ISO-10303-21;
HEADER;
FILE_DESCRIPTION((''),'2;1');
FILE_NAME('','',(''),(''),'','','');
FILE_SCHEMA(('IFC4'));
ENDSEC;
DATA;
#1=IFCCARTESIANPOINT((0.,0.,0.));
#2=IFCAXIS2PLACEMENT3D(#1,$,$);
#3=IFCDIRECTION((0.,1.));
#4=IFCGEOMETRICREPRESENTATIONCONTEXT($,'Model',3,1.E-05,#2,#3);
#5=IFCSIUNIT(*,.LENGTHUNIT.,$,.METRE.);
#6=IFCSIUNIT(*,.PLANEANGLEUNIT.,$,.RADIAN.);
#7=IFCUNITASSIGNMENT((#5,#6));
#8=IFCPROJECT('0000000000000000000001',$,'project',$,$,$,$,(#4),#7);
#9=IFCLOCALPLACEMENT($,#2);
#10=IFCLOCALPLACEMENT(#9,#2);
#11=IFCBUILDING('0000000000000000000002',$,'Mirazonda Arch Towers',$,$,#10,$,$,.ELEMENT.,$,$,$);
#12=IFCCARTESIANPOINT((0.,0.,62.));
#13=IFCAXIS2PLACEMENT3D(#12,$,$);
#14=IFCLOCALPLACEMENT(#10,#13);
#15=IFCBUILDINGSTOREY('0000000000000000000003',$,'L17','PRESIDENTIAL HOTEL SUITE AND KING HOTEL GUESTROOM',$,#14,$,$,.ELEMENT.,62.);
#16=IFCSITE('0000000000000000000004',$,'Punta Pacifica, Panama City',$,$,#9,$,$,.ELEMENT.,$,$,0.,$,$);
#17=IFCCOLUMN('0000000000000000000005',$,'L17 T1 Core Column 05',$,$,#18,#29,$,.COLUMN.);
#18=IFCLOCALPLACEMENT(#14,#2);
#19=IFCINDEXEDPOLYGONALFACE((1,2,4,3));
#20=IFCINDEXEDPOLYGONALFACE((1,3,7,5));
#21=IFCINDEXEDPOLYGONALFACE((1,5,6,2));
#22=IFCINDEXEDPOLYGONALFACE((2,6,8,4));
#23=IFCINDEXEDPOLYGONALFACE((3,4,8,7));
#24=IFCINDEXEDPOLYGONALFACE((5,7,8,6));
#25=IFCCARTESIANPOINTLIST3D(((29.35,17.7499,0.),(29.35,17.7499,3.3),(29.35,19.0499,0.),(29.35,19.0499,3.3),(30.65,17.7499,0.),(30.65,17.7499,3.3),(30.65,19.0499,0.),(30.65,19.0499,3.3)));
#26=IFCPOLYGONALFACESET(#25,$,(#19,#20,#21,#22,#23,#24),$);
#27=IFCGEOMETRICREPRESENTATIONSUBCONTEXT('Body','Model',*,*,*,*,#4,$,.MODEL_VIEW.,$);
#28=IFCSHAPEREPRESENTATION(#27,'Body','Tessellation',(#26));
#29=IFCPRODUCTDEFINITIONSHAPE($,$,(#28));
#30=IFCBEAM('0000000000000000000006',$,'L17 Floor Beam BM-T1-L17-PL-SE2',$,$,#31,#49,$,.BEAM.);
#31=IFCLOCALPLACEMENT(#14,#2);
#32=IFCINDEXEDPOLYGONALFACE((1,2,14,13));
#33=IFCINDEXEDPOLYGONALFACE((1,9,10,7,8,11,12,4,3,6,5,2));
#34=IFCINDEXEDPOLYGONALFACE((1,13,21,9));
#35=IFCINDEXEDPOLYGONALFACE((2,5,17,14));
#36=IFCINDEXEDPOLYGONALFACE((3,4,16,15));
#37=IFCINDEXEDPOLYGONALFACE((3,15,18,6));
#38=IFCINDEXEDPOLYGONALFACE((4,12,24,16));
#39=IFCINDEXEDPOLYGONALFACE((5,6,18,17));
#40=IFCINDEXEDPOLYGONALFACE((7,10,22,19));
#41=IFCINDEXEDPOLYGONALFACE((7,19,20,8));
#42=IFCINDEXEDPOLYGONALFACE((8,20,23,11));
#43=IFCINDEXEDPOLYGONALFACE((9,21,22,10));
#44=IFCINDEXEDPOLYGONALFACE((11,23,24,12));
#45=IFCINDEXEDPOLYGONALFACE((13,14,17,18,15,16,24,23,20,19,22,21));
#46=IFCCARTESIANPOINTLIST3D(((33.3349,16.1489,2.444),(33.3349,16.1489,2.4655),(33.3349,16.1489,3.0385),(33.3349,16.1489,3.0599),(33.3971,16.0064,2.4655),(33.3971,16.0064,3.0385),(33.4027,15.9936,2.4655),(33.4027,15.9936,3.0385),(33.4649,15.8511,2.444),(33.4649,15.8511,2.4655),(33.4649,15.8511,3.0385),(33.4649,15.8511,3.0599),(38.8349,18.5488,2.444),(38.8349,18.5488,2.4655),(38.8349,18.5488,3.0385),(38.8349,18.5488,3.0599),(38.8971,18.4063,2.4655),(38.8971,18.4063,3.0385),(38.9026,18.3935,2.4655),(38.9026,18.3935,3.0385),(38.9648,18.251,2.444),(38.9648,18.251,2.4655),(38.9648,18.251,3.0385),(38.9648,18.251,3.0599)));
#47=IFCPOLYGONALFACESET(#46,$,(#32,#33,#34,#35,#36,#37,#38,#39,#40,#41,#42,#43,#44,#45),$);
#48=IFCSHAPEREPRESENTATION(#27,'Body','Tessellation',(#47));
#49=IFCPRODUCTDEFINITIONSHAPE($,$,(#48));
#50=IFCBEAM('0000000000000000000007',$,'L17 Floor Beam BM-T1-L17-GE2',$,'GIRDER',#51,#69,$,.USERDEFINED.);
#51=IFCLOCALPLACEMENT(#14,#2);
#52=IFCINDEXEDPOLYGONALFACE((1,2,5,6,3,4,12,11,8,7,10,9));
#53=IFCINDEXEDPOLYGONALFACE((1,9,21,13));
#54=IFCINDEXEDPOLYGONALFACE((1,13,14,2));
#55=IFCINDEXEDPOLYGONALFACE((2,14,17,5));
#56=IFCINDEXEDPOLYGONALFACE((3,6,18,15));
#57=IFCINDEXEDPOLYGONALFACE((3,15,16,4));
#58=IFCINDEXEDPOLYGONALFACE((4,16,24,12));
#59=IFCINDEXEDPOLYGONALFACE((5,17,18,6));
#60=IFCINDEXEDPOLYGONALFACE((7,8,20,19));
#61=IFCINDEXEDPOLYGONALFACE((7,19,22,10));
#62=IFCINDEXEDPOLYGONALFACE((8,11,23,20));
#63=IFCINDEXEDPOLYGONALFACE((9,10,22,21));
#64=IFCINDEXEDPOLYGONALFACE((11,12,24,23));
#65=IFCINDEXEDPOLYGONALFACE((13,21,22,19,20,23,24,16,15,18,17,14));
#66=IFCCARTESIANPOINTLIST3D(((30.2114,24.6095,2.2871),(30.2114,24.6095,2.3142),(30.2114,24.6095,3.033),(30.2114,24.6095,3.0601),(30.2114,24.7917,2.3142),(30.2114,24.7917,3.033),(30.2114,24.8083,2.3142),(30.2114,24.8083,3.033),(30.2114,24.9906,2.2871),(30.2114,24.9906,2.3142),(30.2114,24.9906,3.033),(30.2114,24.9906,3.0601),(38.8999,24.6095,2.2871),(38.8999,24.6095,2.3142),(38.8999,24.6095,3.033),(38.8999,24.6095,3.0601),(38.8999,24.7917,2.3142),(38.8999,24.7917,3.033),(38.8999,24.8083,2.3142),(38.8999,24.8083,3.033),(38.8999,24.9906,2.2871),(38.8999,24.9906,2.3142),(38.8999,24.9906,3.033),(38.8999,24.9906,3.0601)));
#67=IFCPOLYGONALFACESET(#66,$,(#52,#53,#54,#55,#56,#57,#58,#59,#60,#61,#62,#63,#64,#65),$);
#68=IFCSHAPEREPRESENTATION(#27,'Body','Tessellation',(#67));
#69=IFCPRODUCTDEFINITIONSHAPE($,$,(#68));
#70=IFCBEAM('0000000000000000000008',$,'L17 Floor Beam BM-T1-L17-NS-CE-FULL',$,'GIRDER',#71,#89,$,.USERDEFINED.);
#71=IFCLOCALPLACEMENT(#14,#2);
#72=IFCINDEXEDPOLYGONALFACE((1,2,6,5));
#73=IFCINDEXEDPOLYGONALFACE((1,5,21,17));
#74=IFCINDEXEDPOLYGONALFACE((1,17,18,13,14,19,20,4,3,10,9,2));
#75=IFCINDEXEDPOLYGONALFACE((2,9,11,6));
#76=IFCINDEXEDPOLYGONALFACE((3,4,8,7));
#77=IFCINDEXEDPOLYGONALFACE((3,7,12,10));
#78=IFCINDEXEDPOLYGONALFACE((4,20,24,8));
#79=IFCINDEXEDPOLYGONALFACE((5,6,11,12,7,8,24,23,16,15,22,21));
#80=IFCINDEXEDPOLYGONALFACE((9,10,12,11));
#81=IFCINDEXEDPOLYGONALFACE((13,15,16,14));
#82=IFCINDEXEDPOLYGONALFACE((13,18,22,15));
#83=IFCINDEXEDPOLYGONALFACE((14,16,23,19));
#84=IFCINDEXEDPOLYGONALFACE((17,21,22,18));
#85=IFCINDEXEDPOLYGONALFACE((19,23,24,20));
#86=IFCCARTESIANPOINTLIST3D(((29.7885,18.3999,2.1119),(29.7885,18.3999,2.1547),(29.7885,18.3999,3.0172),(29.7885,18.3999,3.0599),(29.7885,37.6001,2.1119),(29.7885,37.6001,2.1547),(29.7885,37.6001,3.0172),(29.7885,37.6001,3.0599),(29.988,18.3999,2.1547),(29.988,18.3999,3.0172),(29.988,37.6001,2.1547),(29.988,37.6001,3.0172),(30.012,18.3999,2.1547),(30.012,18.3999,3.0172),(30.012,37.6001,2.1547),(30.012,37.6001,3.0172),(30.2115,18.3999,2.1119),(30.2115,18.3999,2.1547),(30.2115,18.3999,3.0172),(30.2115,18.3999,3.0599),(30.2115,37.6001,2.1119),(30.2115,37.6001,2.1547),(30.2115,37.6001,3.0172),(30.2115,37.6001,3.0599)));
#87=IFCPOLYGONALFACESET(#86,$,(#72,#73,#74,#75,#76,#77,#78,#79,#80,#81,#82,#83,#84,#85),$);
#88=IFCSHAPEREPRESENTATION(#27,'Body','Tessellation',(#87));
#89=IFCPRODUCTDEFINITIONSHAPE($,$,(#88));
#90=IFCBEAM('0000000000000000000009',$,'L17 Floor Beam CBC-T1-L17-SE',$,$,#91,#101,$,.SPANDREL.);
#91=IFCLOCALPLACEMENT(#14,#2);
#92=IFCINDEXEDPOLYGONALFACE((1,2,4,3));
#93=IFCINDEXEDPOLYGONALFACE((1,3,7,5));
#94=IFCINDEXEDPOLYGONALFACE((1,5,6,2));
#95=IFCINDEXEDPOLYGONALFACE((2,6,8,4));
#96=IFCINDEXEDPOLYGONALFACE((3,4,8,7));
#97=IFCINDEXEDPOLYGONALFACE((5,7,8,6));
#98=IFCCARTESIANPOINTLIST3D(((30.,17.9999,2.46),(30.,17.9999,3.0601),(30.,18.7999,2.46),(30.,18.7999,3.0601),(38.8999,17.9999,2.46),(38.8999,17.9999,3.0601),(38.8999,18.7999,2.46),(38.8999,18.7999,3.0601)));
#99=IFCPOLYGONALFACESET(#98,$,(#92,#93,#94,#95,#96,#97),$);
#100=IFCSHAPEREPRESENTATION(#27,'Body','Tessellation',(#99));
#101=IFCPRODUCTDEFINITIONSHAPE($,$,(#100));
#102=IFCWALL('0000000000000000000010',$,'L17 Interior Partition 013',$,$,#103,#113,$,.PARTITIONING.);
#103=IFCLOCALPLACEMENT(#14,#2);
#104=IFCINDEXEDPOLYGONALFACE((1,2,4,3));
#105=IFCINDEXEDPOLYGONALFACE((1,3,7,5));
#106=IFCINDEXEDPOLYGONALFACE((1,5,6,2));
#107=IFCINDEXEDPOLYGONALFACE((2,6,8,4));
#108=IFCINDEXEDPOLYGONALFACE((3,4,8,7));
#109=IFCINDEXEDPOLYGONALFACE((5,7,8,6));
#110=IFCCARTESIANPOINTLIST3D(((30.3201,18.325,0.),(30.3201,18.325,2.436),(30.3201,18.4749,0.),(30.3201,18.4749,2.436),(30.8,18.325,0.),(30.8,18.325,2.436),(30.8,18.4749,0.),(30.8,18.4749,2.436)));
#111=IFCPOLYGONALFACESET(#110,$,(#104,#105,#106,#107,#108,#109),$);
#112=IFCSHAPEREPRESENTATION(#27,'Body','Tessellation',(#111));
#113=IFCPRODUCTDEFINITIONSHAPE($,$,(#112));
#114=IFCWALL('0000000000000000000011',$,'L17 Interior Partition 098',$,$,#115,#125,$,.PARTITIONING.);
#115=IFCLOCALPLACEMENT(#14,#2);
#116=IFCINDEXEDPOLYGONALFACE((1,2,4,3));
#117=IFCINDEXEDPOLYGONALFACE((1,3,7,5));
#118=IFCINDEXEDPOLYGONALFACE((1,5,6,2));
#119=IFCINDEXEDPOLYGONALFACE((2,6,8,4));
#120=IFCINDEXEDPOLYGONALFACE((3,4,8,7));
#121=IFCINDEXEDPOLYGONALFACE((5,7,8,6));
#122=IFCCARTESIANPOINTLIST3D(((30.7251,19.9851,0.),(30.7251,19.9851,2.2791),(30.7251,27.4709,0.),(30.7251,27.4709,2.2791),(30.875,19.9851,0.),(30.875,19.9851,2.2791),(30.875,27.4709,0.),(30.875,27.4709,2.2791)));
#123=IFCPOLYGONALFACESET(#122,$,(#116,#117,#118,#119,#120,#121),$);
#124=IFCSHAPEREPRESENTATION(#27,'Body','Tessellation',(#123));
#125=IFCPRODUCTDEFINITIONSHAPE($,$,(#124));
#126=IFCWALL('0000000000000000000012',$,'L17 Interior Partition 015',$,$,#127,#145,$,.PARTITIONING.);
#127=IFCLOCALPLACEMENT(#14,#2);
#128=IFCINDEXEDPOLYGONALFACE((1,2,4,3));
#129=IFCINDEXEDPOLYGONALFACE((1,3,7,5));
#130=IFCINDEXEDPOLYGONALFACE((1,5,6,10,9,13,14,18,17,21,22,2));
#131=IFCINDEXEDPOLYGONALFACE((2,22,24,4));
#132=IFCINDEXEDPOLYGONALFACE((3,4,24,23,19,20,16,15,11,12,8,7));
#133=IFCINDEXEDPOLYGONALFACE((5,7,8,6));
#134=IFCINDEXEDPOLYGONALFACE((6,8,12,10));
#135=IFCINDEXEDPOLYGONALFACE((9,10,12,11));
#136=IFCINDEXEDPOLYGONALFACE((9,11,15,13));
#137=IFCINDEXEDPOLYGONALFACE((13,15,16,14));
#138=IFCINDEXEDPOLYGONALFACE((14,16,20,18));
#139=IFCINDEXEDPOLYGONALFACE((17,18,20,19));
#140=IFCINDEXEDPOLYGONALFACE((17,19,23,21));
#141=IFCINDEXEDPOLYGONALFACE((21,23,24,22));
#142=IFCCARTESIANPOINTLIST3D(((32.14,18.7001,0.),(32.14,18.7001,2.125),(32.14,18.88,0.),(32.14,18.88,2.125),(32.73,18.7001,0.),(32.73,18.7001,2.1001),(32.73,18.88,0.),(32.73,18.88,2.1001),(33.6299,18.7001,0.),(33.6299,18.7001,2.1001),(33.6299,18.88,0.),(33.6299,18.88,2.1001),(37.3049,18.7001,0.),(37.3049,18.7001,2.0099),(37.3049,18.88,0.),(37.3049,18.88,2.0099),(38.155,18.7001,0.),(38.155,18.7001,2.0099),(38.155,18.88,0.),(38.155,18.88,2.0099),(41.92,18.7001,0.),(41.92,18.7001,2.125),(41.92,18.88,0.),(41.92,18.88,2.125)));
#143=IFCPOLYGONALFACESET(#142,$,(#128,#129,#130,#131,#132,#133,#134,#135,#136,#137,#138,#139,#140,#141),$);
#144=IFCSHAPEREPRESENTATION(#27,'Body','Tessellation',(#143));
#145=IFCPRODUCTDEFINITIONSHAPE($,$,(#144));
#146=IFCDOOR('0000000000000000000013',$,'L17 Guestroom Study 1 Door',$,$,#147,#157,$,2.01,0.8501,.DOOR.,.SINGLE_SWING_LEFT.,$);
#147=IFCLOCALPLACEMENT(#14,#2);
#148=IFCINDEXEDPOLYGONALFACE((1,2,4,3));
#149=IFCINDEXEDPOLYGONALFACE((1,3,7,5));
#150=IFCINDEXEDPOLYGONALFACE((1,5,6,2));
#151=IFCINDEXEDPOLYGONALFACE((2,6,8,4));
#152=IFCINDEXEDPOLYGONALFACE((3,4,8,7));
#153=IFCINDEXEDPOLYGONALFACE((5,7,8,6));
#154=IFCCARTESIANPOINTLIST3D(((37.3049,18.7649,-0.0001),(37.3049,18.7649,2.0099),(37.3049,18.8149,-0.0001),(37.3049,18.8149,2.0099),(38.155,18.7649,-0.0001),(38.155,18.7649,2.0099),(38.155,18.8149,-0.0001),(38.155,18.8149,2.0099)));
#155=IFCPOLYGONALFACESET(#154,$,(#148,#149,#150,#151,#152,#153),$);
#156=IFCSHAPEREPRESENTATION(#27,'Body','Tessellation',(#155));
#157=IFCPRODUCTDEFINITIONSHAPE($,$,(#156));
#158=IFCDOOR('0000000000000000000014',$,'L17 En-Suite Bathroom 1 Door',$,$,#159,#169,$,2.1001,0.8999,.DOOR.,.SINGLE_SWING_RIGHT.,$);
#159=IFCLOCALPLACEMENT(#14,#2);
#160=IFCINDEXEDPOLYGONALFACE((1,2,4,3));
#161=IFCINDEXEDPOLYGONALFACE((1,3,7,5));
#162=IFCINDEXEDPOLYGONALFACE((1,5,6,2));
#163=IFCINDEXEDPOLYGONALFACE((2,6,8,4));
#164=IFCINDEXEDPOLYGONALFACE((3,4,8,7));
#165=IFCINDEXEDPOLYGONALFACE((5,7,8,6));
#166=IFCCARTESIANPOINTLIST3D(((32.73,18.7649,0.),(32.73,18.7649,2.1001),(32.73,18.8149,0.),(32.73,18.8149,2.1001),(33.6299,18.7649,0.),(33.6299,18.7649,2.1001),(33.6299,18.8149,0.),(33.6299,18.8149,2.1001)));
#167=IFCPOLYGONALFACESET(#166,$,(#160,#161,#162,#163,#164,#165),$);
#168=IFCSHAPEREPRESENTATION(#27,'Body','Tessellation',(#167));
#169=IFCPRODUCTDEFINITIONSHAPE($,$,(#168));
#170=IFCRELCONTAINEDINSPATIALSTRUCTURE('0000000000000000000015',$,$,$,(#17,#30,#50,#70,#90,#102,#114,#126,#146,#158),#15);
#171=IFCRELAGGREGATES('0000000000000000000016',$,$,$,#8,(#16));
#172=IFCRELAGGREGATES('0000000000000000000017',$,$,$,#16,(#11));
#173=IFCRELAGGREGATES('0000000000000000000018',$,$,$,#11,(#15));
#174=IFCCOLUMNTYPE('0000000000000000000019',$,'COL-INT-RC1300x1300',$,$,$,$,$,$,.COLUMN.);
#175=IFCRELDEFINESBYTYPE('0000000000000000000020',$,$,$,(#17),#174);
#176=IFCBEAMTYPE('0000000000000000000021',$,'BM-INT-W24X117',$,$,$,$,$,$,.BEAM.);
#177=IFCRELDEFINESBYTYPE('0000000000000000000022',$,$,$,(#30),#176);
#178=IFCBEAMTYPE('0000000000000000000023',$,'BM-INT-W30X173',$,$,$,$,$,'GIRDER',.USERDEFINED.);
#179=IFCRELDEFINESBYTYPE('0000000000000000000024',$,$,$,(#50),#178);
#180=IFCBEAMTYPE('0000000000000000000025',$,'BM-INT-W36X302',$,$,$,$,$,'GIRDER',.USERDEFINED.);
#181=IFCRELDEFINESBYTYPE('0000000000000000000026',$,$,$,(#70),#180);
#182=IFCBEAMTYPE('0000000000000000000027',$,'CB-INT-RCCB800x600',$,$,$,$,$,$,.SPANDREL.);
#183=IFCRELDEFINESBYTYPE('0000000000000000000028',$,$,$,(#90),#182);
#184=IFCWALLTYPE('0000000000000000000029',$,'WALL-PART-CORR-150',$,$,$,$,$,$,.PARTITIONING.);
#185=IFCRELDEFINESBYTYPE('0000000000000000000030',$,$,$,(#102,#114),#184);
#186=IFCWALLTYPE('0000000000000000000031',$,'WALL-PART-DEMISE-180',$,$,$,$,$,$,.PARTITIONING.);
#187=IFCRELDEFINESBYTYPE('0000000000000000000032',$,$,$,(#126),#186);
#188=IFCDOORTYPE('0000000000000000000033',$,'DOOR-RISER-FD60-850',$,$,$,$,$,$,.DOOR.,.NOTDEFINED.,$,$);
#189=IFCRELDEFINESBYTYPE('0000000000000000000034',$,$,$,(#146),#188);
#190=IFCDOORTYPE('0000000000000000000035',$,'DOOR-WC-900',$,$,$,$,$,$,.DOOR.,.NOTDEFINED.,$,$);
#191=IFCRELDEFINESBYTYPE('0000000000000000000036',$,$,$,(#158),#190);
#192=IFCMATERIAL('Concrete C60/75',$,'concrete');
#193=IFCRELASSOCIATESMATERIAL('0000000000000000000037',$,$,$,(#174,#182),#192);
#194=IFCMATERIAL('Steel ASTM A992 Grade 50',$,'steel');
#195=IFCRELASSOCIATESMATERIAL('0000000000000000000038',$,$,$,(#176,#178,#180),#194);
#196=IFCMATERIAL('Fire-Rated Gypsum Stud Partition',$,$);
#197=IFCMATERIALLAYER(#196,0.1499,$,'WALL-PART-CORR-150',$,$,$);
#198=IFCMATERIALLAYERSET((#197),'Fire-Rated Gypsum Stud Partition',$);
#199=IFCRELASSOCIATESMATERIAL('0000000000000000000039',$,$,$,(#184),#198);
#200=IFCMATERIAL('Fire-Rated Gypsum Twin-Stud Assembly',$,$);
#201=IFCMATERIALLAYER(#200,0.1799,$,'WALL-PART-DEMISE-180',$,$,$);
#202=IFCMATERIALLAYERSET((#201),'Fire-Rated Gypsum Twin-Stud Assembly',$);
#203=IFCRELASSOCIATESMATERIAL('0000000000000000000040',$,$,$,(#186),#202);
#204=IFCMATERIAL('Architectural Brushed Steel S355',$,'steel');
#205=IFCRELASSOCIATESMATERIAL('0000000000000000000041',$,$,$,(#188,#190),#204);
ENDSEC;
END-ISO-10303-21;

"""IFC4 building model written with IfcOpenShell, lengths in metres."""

from ifc_helpers import new_model, si_unit, direction, frame, frame_2d, origin, origin_2d, place, context, subcontext, project, spatial, rectangle, i_section, extrude, material, layer, layer_set, material_profile, profile_set, type_object, element, fill, save


model = new_model("IFC4")

# Units and contexts
model_context = context("Model", 3, precision=1e-05, world=origin(), true_north=direction((0.0, 1.0)))
body_context = subcontext(model_context, "Body", "Model", "MODEL_VIEW")
ifc_project = project(units=[si_unit("LENGTHUNIT", "METRE"), si_unit("PLANEANGLEUNIT", "RADIAN")], contexts=[model_context])

# Site, building, storey
site_placement = place(None, origin())
site = spatial("IfcSite", under=ifc_project, at=site_placement, Name="Punta Pacifica, Panama City", CompositionType="ELEMENT", RefElevation=0.0)
building_placement = place(site_placement, origin())
building = spatial("IfcBuilding", under=site, at=building_placement, Name="Mirazonda Arch Towers", CompositionType="ELEMENT")
storey_placement = place(building_placement, frame((0.0, 0.0, 62.0)))
storey = spatial("IfcBuildingStorey", under=building, at=storey_placement, Name="L17", Description="PRESIDENTIAL HOTEL SUITE AND KING HOTEL GUESTROOM", CompositionType="ELEMENT", Elevation=62.0)

# Column
ifc_material_1 = material(Name="Concrete C60/75", Category="concrete")
ifc_material_profile_1 = material_profile(ifc_material_1, rectangle(XDim=1.3, YDim=1.3, at=origin_2d()), Name="RC1300x1300")
ifc_profile_set_1 = profile_set([ifc_material_profile_1], Name="Concrete C60/75")
column_type = type_object("IfcColumnType", Name="COL-INT-RC1300x1300", PredefinedType="COLUMN", material=ifc_profile_set_1)
column_placement = place(storey_placement, frame((30.0, 18.3999, 0.0), z_axis=(0.0, 0.0, 1.0), x_axis=(1.0, 0.0, 0.0)))
element("IfcColumn", 1, at=column_placement, inside=storey, type_object=column_type, Name="L17 T1 Core Column 05", PredefinedType="COLUMN", context=body_context, shape_type="SweptSolid", body=[
    extrude(rectangle(XDim=1.3, YDim=1.3, at=origin_2d()), origin(), (0.0, 0.0, 1.0), 3.3),
])

# Beams
ifc_material_2 = material(Name="Steel ASTM A992 Grade 50", Category="steel")
ifc_material_profile_2 = material_profile(ifc_material_2, i_section(OverallWidth=0.325, OverallDepth=0.616, WebThickness=0.0139, FlangeThickness=0.0215, at=origin_2d()), Name="W24X117")
ifc_profile_set_2 = profile_set([ifc_material_profile_2], Name="Steel ASTM A992 Grade 50")
beam_type_1 = type_object("IfcBeamType", Name="BM-INT-W24X117", PredefinedType="BEAM", material=ifc_profile_set_2)
beam_1_placement = place(storey_placement, frame((33.3999, 16.0, 2.752), z_axis=(0.916545, 0.399931, 0.0), x_axis=(-0.399931, 0.916545, 0.0)))
element("IfcBeam", 2, at=beam_1_placement, inside=storey, type_object=beam_type_1, Name="L17 Floor Beam BM-T1-L17-PL-SE2", PredefinedType="BEAM", context=body_context, shape_type="SweptSolid", body=[
    extrude(i_section(OverallWidth=0.325, OverallDepth=0.616, WebThickness=0.0139, FlangeThickness=0.0215, at=origin_2d()), origin(), (0.0, 0.0, 1.0), 6.0007),
])
ifc_material_profile_3 = material_profile(ifc_material_2, i_section(OverallWidth=0.3811, OverallDepth=0.7729, WebThickness=0.0166, FlangeThickness=0.0271, at=origin_2d()), Name="W30X173")
ifc_profile_set_3 = profile_set([ifc_material_profile_3], Name="Steel ASTM A992 Grade 50")
beam_type_2 = type_object("IfcBeamType", Name="BM-INT-W30X173", ElementType="GIRDER", PredefinedType="USERDEFINED", material=ifc_profile_set_3)
beam_2_placement = place(storey_placement, frame((30.2114, 24.8, 2.6736), z_axis=(1.0, 0.0, 0.0), x_axis=(0.0, 1.0, 0.0)))
element("IfcBeam", 3, at=beam_2_placement, inside=storey, type_object=beam_type_2, Name="L17 Floor Beam BM-T1-L17-GE2", ObjectType="GIRDER", PredefinedType="USERDEFINED", context=body_context, shape_type="SweptSolid", body=[
    extrude(i_section(OverallWidth=0.3811, OverallDepth=0.7729, WebThickness=0.0166, FlangeThickness=0.0271, at=origin_2d()), origin(), (0.0, 0.0, 1.0), 8.6885),
])
ifc_material_profile_4 = material_profile(ifc_material_2, i_section(OverallWidth=0.4231, OverallDepth=0.948, WebThickness=0.0239, FlangeThickness=0.0427, at=origin_2d()), Name="W36X302")
ifc_profile_set_4 = profile_set([ifc_material_profile_4], Name="Steel ASTM A992 Grade 50")
beam_type_3 = type_object("IfcBeamType", Name="BM-INT-W36X302", ElementType="GIRDER", PredefinedType="USERDEFINED", material=ifc_profile_set_4)
beam_3_placement = place(storey_placement, frame((30.0, 18.3999, 2.5859), z_axis=(0.0, 1.0, 0.0), x_axis=(-1.0, 0.0, 0.0)))
element("IfcBeam", 4, at=beam_3_placement, inside=storey, type_object=beam_type_3, Name="L17 Floor Beam BM-T1-L17-NS-CE-FULL", ObjectType="GIRDER", PredefinedType="USERDEFINED", context=body_context, shape_type="SweptSolid", body=[
    extrude(i_section(OverallWidth=0.4231, OverallDepth=0.948, WebThickness=0.0239, FlangeThickness=0.0427, at=origin_2d()), origin(), (0.0, 0.0, 1.0), 19.2002),
])
ifc_material_profile_5 = material_profile(ifc_material_1, rectangle(XDim=0.8, YDim=0.6001, at=origin_2d()), Name="RCCB800x600")
ifc_profile_set_5 = profile_set([ifc_material_profile_5], Name="Concrete C60/75")
beam_type_4 = type_object("IfcBeamType", Name="CB-INT-RCCB800x600", PredefinedType="SPANDREL", material=ifc_profile_set_5)
beam_4_placement = place(storey_placement, frame((30.0, 18.3999, 2.76), z_axis=(1.0, 0.0, 0.0), x_axis=(0.0, 1.0, 0.0)))
element("IfcBeam", 5, at=beam_4_placement, inside=storey, type_object=beam_type_4, Name="L17 Floor Beam CBC-T1-L17-SE", PredefinedType="SPANDREL", context=body_context, shape_type="SweptSolid", body=[
    extrude(rectangle(XDim=0.8, YDim=0.6001, at=origin_2d()), origin(), (0.0, 0.0, 1.0), 8.8999),
])

# Walls
ifc_material_3 = material(Name="Fire-Rated Gypsum Stud Partition")
ifc_layer_1 = layer(ifc_material_3, 0.1499, Name="WALL-PART-CORR-150")
ifc_layer_set_1 = layer_set([ifc_layer_1], Name="Fire-Rated Gypsum Stud Partition")
wall_type_1 = type_object("IfcWallType", Name="WALL-PART-CORR-150", PredefinedType="PARTITIONING", material=ifc_layer_set_1)
wall_1_placement = place(storey_placement, frame((30.3201, 18.3999, 0.0), z_axis=(0.0, 0.0, 1.0), x_axis=(1.0, 0.0, 0.0)))
element("IfcWall", 6, at=wall_1_placement, inside=storey, type_object=wall_type_1, Name="L17 Interior Partition 013", PredefinedType="PARTITIONING", context=body_context, shape_type="SweptSolid", body=[
    extrude(rectangle(XDim=0.48, YDim=0.1499, at=frame_2d((0.24, 0.0))), origin(), (0.0, 0.0, 1.0), 2.436),
])
wall_2_placement = place(storey_placement, frame((30.8, 19.9851, 0.0), z_axis=(0.0, 0.0, 1.0), x_axis=(0.0, 1.0, 0.0)))
element("IfcWall", 7, at=wall_2_placement, inside=storey, type_object=wall_type_1, Name="L17 Interior Partition 098", PredefinedType="PARTITIONING", context=body_context, shape_type="SweptSolid", body=[
    extrude(rectangle(XDim=7.4858, YDim=0.1499, at=frame_2d((3.7429, 0.0))), origin(), (0.0, 0.0, 1.0), 2.2791),
])

# Wall, openings, doors
ifc_material_4 = material(Name="Fire-Rated Gypsum Twin-Stud Assembly")
ifc_layer_2 = layer(ifc_material_4, 0.1799, Name="WALL-PART-DEMISE-180")
ifc_layer_set_2 = layer_set([ifc_layer_2], Name="Fire-Rated Gypsum Twin-Stud Assembly")
wall_type_2 = type_object("IfcWallType", Name="WALL-PART-DEMISE-180", PredefinedType="PARTITIONING", material=ifc_layer_set_2)
wall_3_placement = place(storey_placement, frame((32.1399, 18.79, 0.0), z_axis=(0.0, 0.0, 1.0), x_axis=(1.0, 0.0, 0.0)))
wall_3 = element("IfcWall", 8, at=wall_3_placement, inside=storey, type_object=wall_type_2, Name="L17 Interior Partition 015", PredefinedType="PARTITIONING", context=body_context, shape_type="SweptSolid", body=[
    extrude(rectangle(XDim=9.78, YDim=0.1799, at=frame_2d((4.8901, 0.0))), origin(), (0.0, 0.0, 1.0), 2.125),
])
opening_1_placement = place(wall_3_placement, frame((5.165, 0.0, 0.0)))
opening_1 = element("IfcOpeningElement", 9, at=opening_1_placement, cuts=wall_3, PredefinedType="OPENING", context=body_context, shape_type="SweptSolid", body=[
    extrude(rectangle(XDim=0.8501, YDim=2.01, at=frame_2d((0.425, 1.0049))), frame((0.0, 0.0999, 0.0), z_axis=(0.0, -1.0, 0.0), x_axis=(1.0, 0.0, 0.0)), (0.0, 0.0, 1.0), 0.2),
])
opening_2_placement = place(wall_3_placement, frame((0.5901, 0.0, 0.0)))
opening_2 = element("IfcOpeningElement", 10, at=opening_2_placement, cuts=wall_3, PredefinedType="OPENING", context=body_context, shape_type="SweptSolid", body=[
    extrude(rectangle(XDim=0.8999, YDim=2.1001, at=frame_2d((0.45, 1.05))), frame((0.0, 0.0999, 0.0), z_axis=(0.0, -1.0, 0.0), x_axis=(1.0, 0.0, 0.0)), (0.0, 0.0, 1.0), 0.2),
])
ifc_material_5 = material(Name="Architectural Brushed Steel S355", Category="steel")
door_type_1 = type_object("IfcDoorType", Name="DOOR-RISER-FD60-850", OperationType="NOTDEFINED", PredefinedType="DOOR", material=ifc_material_5)
door_1_placement = place(opening_1_placement, origin())
door_1 = element("IfcDoor", 11, at=door_1_placement, inside=storey, type_object=door_type_1, Name="L17 Guestroom Study 1 Door", OperationType="SINGLE_SWING_LEFT", OverallHeight=2.01, OverallWidth=0.8501, PredefinedType="DOOR", context=body_context, shape_type="SweptSolid", body=[
    extrude(rectangle(XDim=0.8501, YDim=2.01, at=frame_2d((0.425, 1.0049))), frame((0.0, 0.0249, 0.0), z_axis=(0.0, -1.0, 0.0), x_axis=(1.0, 0.0, 0.0)), (0.0, 0.0, 1.0), 0.05),
])
fill(opening_1, door_1)
door_type_2 = type_object("IfcDoorType", Name="DOOR-WC-900", OperationType="NOTDEFINED", PredefinedType="DOOR", material=ifc_material_5)
door_2_placement = place(opening_2_placement, origin())
door_2 = element("IfcDoor", 12, at=door_2_placement, inside=storey, type_object=door_type_2, Name="L17 En-Suite Bathroom 1 Door", OperationType="SINGLE_SWING_RIGHT", OverallHeight=2.1001, OverallWidth=0.8999, PredefinedType="DOOR", context=body_context, shape_type="SweptSolid", body=[
    extrude(rectangle(XDim=0.8999, YDim=2.1001, at=frame_2d((0.45, 1.05))), frame((0.0, 0.0249, 0.0), z_axis=(0.0, -1.0, 0.0), x_axis=(1.0, 0.0, 0.0)), (0.0, 0.0, 1.0), 0.05),
])
fill(opening_2, door_2)

save(model, "model.ifc")
